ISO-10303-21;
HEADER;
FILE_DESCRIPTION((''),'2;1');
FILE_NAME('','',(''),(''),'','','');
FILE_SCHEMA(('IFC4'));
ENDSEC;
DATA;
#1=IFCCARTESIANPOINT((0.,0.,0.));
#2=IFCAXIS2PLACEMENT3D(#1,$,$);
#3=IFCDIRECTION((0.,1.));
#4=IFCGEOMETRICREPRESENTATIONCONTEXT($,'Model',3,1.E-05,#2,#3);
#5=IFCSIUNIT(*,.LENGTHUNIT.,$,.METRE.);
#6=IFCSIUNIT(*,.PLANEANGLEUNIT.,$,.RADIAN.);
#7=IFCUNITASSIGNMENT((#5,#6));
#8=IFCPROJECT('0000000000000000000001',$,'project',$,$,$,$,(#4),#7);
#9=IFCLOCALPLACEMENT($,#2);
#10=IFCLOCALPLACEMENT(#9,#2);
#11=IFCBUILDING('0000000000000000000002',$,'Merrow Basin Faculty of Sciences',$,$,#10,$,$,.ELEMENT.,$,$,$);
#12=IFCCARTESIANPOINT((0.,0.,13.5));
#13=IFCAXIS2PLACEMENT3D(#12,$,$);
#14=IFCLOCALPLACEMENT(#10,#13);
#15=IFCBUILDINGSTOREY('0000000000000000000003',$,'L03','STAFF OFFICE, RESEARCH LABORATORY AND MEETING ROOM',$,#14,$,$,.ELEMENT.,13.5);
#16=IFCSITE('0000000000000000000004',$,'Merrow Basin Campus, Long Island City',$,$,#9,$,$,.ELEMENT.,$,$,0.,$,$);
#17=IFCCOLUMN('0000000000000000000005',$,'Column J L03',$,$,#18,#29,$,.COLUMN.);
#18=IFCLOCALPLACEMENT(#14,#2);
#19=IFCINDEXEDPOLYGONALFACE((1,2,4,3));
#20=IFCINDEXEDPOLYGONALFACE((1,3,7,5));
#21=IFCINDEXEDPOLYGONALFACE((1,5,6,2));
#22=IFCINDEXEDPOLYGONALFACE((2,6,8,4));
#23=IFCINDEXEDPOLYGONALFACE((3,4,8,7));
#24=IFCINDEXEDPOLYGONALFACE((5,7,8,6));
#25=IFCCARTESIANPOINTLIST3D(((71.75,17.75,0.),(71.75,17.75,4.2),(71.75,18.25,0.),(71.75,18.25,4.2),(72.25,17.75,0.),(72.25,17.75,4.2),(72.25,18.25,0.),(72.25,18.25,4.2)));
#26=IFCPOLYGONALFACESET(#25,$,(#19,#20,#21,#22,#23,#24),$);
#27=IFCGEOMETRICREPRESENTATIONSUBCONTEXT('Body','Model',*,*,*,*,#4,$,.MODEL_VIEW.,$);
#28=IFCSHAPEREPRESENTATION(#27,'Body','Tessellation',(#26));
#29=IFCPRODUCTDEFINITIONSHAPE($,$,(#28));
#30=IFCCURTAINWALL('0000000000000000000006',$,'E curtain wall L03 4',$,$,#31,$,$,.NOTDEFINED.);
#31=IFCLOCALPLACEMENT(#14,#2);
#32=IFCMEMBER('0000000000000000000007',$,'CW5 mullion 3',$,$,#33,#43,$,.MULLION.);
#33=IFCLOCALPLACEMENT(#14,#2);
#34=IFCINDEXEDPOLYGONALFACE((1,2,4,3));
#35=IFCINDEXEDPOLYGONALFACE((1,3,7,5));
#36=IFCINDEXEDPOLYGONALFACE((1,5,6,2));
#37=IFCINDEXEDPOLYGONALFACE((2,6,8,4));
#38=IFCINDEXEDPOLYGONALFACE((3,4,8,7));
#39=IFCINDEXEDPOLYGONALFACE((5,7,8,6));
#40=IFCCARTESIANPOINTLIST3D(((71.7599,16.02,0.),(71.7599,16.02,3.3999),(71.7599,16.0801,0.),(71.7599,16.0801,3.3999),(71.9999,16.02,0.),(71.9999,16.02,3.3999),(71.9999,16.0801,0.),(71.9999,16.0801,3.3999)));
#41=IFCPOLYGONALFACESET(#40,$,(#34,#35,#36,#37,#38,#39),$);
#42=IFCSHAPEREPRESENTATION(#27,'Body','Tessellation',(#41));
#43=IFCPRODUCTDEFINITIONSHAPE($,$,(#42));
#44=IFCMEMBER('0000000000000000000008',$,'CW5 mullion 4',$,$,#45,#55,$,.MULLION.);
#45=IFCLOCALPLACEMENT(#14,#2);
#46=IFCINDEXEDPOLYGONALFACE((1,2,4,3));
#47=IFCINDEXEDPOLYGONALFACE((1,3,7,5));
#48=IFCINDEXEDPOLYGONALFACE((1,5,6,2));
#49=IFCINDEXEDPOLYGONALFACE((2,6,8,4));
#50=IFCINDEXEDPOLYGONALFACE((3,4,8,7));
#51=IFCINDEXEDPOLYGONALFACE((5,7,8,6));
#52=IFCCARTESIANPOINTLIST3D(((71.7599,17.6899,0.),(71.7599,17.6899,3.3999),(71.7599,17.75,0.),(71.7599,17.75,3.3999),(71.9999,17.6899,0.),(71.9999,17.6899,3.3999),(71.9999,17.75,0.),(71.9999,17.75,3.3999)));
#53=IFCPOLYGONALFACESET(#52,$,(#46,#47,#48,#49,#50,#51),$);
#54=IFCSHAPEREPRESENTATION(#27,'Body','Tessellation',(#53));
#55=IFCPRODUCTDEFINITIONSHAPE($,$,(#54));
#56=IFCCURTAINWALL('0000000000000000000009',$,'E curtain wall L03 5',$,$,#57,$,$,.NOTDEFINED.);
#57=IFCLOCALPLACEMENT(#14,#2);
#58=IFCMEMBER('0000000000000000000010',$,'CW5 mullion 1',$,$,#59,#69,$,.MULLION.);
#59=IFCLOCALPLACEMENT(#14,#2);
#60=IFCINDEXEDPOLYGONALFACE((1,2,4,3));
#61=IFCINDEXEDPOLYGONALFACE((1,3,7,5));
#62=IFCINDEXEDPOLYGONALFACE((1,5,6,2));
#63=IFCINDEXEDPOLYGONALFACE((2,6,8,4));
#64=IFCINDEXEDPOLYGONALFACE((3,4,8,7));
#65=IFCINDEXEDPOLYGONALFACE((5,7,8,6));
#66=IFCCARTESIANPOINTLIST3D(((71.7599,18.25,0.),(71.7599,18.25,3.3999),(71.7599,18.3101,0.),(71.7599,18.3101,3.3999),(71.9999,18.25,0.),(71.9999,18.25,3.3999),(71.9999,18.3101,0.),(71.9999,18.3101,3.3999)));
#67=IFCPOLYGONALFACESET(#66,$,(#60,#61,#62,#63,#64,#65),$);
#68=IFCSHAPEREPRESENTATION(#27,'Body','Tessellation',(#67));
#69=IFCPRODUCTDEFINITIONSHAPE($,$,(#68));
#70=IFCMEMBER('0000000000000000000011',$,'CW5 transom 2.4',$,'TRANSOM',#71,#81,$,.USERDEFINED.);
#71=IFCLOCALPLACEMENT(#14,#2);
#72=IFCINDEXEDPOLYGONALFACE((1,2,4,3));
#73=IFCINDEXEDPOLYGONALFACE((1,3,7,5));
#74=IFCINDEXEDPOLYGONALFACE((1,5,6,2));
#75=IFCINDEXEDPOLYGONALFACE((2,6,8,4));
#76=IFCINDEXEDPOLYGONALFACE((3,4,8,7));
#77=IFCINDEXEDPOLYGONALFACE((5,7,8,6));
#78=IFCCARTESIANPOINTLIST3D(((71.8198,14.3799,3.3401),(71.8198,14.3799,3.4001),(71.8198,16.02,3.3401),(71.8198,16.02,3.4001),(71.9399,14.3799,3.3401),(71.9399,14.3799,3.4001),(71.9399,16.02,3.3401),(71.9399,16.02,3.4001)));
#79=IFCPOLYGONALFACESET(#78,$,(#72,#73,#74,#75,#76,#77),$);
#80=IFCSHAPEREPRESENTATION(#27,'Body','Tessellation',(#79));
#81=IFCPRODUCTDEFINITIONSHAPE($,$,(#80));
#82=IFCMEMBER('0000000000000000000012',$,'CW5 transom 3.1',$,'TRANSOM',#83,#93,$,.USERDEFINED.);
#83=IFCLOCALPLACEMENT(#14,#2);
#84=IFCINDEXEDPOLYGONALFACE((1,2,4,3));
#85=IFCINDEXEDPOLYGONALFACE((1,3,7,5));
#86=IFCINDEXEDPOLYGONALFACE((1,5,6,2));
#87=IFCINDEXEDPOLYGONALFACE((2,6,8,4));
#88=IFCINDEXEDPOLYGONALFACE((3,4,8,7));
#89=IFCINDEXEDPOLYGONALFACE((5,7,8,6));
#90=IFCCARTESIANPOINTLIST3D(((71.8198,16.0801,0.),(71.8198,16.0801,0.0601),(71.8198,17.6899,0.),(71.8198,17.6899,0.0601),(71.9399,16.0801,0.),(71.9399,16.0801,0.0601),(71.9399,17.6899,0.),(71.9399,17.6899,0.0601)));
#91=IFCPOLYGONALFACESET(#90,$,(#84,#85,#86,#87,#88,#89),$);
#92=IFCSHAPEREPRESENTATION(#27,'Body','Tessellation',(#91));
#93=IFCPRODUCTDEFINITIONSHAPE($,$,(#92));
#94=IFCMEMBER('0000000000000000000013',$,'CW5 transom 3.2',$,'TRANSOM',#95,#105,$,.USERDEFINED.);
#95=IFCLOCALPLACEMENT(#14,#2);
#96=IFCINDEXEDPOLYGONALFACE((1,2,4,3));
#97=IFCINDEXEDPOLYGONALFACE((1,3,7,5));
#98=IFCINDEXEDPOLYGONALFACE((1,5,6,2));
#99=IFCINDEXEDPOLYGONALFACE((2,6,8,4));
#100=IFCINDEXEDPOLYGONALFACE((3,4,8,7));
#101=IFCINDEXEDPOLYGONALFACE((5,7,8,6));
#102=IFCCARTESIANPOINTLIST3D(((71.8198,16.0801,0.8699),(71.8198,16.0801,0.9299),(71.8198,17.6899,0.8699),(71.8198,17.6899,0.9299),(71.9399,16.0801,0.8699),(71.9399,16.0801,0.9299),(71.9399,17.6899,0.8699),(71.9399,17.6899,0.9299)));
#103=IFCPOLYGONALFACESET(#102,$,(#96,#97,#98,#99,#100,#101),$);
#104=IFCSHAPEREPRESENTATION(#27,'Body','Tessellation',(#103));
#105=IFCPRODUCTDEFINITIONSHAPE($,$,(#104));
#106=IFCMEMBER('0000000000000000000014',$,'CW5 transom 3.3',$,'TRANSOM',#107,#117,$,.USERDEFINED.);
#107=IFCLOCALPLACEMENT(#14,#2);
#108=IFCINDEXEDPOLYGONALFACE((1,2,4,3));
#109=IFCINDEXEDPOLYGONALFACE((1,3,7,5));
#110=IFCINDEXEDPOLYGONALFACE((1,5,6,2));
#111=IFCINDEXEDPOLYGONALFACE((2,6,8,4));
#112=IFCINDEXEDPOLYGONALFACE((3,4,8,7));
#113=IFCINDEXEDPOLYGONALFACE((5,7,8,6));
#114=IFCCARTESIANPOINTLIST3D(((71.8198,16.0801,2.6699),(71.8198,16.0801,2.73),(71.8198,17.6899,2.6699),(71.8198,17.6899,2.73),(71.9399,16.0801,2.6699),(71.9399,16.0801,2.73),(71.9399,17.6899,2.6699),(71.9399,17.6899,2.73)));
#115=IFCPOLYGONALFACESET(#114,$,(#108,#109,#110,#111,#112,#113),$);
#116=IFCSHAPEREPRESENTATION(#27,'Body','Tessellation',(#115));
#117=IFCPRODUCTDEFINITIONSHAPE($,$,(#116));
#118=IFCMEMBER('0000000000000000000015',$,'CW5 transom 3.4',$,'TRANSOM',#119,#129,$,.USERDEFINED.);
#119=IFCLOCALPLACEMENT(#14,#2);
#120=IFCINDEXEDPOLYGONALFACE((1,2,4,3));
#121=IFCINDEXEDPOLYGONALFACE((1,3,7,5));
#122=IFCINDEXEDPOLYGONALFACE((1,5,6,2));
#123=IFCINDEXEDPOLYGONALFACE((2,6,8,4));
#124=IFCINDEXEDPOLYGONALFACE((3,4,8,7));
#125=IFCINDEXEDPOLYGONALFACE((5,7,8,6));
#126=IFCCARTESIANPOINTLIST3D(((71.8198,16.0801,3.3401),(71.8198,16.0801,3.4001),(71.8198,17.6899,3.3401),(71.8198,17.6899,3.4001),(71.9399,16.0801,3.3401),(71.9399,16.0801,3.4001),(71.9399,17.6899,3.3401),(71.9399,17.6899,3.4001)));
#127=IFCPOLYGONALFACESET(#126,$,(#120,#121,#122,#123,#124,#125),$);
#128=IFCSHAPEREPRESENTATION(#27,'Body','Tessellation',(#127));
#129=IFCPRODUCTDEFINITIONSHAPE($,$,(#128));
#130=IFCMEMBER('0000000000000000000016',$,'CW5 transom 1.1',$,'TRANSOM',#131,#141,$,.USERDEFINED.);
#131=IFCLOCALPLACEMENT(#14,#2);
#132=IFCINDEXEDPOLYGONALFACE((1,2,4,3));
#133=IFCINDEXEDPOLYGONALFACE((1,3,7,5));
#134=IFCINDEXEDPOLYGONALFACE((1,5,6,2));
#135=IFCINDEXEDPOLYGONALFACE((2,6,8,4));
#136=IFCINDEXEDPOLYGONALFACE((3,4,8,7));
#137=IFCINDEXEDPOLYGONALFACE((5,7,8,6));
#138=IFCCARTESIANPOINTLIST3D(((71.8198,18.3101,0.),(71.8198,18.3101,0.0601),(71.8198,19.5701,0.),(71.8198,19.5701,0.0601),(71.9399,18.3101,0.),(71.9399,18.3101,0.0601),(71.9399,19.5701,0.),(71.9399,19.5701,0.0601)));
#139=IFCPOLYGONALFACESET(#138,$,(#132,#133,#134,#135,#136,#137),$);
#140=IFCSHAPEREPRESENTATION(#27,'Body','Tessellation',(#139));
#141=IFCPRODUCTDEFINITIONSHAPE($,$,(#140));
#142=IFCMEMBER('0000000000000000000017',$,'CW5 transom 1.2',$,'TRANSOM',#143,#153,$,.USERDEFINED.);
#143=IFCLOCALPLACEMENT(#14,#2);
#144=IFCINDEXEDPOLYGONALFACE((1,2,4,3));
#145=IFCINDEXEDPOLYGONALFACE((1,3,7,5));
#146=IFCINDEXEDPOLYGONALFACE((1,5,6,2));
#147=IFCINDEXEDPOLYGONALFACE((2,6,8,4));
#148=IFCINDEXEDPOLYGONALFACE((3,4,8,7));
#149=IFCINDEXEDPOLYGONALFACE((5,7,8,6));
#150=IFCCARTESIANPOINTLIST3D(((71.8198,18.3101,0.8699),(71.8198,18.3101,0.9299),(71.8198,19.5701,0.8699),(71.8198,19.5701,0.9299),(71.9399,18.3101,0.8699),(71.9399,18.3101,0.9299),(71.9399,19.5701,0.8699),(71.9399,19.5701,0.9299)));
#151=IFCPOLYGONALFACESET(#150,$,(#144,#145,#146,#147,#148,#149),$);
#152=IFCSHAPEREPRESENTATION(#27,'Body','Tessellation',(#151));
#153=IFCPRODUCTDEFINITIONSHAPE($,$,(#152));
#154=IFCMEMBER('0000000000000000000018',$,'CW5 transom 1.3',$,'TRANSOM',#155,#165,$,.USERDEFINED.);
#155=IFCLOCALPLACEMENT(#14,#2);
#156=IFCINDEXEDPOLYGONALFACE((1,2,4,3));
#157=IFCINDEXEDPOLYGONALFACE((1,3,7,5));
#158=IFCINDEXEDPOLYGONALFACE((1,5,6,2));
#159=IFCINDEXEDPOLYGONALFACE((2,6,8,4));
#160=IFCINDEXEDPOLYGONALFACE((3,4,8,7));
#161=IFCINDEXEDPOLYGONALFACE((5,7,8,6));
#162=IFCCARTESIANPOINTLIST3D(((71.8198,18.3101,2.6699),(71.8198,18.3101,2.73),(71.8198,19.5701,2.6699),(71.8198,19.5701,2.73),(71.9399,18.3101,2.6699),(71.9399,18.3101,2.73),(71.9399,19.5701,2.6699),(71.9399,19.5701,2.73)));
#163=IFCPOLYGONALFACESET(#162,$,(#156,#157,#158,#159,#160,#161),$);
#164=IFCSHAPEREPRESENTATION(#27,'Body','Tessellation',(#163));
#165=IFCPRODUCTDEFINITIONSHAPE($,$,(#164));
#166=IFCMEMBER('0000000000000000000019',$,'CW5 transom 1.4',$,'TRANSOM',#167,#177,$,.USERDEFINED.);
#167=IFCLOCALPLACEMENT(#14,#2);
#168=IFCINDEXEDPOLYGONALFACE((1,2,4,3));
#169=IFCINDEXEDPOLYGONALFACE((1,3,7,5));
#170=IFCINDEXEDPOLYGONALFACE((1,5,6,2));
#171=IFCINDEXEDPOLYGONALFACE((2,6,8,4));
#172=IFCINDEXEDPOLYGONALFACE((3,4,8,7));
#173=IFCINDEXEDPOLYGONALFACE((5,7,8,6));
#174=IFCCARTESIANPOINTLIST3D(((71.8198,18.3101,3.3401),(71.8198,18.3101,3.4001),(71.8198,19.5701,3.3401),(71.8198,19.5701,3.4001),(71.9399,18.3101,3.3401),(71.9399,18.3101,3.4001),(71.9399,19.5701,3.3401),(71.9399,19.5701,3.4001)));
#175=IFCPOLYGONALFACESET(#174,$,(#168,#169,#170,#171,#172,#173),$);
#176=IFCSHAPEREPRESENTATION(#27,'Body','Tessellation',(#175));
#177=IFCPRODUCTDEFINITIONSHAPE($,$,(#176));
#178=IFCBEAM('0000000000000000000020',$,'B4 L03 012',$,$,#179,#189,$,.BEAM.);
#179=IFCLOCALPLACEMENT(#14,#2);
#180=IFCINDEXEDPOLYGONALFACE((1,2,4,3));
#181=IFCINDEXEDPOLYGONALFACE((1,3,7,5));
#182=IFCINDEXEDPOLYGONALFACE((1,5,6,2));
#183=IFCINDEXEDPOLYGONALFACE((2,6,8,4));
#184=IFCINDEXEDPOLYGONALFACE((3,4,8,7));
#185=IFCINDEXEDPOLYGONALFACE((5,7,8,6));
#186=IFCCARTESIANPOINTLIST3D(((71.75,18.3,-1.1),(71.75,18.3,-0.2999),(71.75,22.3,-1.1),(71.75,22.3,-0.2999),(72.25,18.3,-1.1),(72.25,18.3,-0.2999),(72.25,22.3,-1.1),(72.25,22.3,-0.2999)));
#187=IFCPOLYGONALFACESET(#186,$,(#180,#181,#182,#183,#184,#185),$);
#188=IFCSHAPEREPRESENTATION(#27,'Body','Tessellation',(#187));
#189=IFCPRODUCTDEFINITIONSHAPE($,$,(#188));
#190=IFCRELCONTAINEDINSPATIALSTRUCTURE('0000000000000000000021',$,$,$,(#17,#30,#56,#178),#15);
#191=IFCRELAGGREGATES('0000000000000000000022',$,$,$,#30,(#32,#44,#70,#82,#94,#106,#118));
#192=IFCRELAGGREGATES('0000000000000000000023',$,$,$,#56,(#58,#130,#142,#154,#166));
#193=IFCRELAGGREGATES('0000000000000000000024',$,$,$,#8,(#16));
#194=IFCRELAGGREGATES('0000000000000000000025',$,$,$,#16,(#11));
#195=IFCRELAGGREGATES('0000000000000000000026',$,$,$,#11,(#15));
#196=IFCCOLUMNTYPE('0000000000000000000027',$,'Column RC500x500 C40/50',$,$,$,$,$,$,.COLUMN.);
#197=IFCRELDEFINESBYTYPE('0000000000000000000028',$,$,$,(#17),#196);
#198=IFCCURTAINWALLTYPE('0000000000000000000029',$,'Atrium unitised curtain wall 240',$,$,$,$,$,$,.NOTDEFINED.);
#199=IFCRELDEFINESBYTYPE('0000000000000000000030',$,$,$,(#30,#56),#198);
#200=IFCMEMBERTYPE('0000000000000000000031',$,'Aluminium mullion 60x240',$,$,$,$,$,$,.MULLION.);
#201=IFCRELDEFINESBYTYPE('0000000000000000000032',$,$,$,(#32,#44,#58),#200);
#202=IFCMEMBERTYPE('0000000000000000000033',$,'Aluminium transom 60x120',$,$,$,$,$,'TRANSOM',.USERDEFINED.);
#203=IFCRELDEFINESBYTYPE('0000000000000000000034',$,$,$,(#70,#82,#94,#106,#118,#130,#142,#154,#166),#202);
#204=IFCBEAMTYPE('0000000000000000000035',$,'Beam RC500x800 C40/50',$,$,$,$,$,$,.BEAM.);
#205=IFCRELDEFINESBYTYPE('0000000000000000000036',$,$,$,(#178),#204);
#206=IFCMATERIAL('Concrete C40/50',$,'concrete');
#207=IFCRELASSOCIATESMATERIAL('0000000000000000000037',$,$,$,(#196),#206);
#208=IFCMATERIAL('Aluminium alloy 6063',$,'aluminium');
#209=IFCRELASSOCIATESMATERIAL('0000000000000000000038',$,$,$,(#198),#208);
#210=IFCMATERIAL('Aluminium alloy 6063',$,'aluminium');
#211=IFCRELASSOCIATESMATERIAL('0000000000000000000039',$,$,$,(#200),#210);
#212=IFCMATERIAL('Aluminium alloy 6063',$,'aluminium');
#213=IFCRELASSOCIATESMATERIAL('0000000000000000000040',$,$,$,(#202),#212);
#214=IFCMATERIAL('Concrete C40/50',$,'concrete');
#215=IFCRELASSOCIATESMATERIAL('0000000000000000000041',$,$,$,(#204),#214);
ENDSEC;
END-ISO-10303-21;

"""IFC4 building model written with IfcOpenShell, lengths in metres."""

from ifc_helpers import new_model, si_unit, direction, frame, origin, origin_2d, place, context, subcontext, project, spatial, rectangle, extrude, material, material_profile, profile_set, type_object, element, aggregate, save


model = new_model("IFC4")

# Units and contexts
model_context = context("Model", 3, precision=1e-05, world=origin(), true_north=direction((0.0, 1.0)))
body_context = subcontext(model_context, "Body", "Model", "MODEL_VIEW")
ifc_project = project(units=[si_unit("LENGTHUNIT", "METRE"), si_unit("PLANEANGLEUNIT", "RADIAN")], contexts=[model_context])

# Site, building, storey
site_placement = place(None, origin())
site = spatial("IfcSite", under=ifc_project, at=site_placement, Name="Merrow Basin Campus, Long Island City", CompositionType="ELEMENT", RefElevation=0.0)
building_placement = place(site_placement, origin())
building = spatial("IfcBuilding", under=site, at=building_placement, Name="Merrow Basin Faculty of Sciences", CompositionType="ELEMENT")
storey_placement = place(building_placement, frame((0.0, 0.0, 13.5)))
storey = spatial("IfcBuildingStorey", under=building, at=storey_placement, Name="L03", Description="STAFF OFFICE, RESEARCH LABORATORY AND MEETING ROOM", CompositionType="ELEMENT", Elevation=13.5)

# Column
ifc_material_1 = material(Name="Concrete C40/50", Category="concrete")
ifc_material_profile_1 = material_profile(ifc_material_1, rectangle(XDim=0.5, YDim=0.5, at=origin_2d()))
ifc_profile_set_1 = profile_set([ifc_material_profile_1], Name="Concrete C40/50")
column_type = type_object("IfcColumnType", Name="Column RC500x500 C40/50", PredefinedType="COLUMN", material=ifc_profile_set_1)
column_placement = place(storey_placement, frame((72.0, 18.0, 0.0), z_axis=(0.0, 0.0, 1.0), x_axis=(1.0, 0.0, 0.0)))
element("IfcColumn", 1, at=column_placement, inside=storey, type_object=column_type, Name="Column J L03", PredefinedType="COLUMN", context=body_context, shape_type="SweptSolid", body=[
    extrude(rectangle(XDim=0.5, YDim=0.5, at=origin_2d()), origin(), (0.0, 0.0, 1.0), 4.2),
])

# Curtain wall, members
ifc_material_2 = material(Name="Aluminium alloy 6063", Category="aluminium")
curtain_wall_type = type_object("IfcCurtainWallType", Name="Atrium unitised curtain wall 240", PredefinedType="NOTDEFINED", material=ifc_material_2)
curtain_wall_1_placement = place(storey_placement, origin())
curtain_wall_1 = element("IfcCurtainWall", 2, at=curtain_wall_1_placement, inside=storey, type_object=curtain_wall_type, Name="E curtain wall L03 4", PredefinedType="NOTDEFINED")
ifc_material_3 = material(Name="Aluminium alloy 6063", Category="aluminium")
ifc_material_profile_2 = material_profile(ifc_material_3, rectangle(XDim=0.24, YDim=0.0601, at=origin_2d()))
ifc_profile_set_2 = profile_set([ifc_material_profile_2], Name="Aluminium alloy 6063")
member_type_1 = type_object("IfcMemberType", Name="Aluminium mullion 60x240", PredefinedType="MULLION", material=ifc_profile_set_2)
member_1_placement = place(storey_placement, frame((71.8799, 16.05, 0.0), z_axis=(0.0, 0.0, 1.0), x_axis=(-1.0, 0.0, 0.0)))
member_1 = element("IfcMember", 3, at=member_1_placement, type_object=member_type_1, Name="CW5 mullion 3", PredefinedType="MULLION", context=body_context, shape_type="SweptSolid", body=[
    extrude(rectangle(XDim=0.24, YDim=0.0601, at=origin_2d()), origin(), (0.0, 0.0, 1.0), 3.3999),
])
member_2_placement = place(storey_placement, frame((71.8799, 17.72, 0.0), z_axis=(0.0, 0.0, 1.0), x_axis=(-1.0, 0.0, 0.0)))
member_2 = element("IfcMember", 4, at=member_2_placement, type_object=member_type_1, Name="CW5 mullion 4", PredefinedType="MULLION", context=body_context, shape_type="SweptSolid", body=[
    extrude(rectangle(XDim=0.24, YDim=0.0601, at=origin_2d()), origin(), (0.0, 0.0, 1.0), 3.3999),
])

# Curtain wall, member
curtain_wall_2_placement = place(storey_placement, origin())
curtain_wall_2 = element("IfcCurtainWall", 5, at=curtain_wall_2_placement, inside=storey, type_object=curtain_wall_type, Name="E curtain wall L03 5", PredefinedType="NOTDEFINED")
member_3_placement = place(storey_placement, frame((71.8799, 18.28, 0.0), z_axis=(0.0, 0.0, 1.0), x_axis=(-1.0, 0.0, 0.0)))
member_3 = element("IfcMember", 6, at=member_3_placement, type_object=member_type_1, Name="CW5 mullion 1", PredefinedType="MULLION", context=body_context, shape_type="SweptSolid", body=[
    extrude(rectangle(XDim=0.24, YDim=0.0601, at=origin_2d()), origin(), (0.0, 0.0, 1.0), 3.3999),
])

# Members
ifc_material_4 = material(Name="Aluminium alloy 6063", Category="aluminium")
ifc_material_profile_3 = material_profile(ifc_material_4, rectangle(XDim=0.1201, YDim=0.0601, at=origin_2d()))
ifc_profile_set_3 = profile_set([ifc_material_profile_3], Name="Aluminium alloy 6063")
member_type_2 = type_object("IfcMemberType", Name="Aluminium transom 60x120", ElementType="TRANSOM", PredefinedType="USERDEFINED", material=ifc_profile_set_3)
member_4_placement = place(storey_placement, frame((71.8799, 14.3799, 3.3701), z_axis=(0.0, 1.0, 0.0), x_axis=(-1.0, 0.0, 0.0)))
member_4 = element("IfcMember", 7, at=member_4_placement, type_object=member_type_2, Name="CW5 transom 2.4", ObjectType="TRANSOM", PredefinedType="USERDEFINED", context=body_context, shape_type="SweptSolid", body=[
    extrude(rectangle(XDim=0.1201, YDim=0.0601, at=origin_2d()), origin(), (0.0, 0.0, 1.0), 1.6401),
])
member_5_placement = place(storey_placement, frame((71.8799, 16.0801, 0.03), z_axis=(0.0, 1.0, 0.0), x_axis=(-1.0, 0.0, 0.0)))
member_5 = element("IfcMember", 8, at=member_5_placement, type_object=member_type_2, Name="CW5 transom 3.1", ObjectType="TRANSOM", PredefinedType="USERDEFINED", context=body_context, shape_type="SweptSolid", body=[
    extrude(rectangle(XDim=0.1201, YDim=0.0601, at=origin_2d()), origin(), (0.0, 0.0, 1.0), 1.6099),
])
member_6_placement = place(storey_placement, frame((71.8799, 16.0801, 0.8999), z_axis=(0.0, 1.0, 0.0), x_axis=(-1.0, 0.0, 0.0)))
member_6 = element("IfcMember", 9, at=member_6_placement, type_object=member_type_2, Name="CW5 transom 3.2", ObjectType="TRANSOM", PredefinedType="USERDEFINED", context=body_context, shape_type="SweptSolid", body=[
    extrude(rectangle(XDim=0.1201, YDim=0.0601, at=origin_2d()), origin(), (0.0, 0.0, 1.0), 1.6099),
])
member_7_placement = place(storey_placement, frame((71.8799, 16.0801, 2.7), z_axis=(0.0, 1.0, 0.0), x_axis=(-1.0, 0.0, 0.0)))
member_7 = element("IfcMember", 10, at=member_7_placement, type_object=member_type_2, Name="CW5 transom 3.3", ObjectType="TRANSOM", PredefinedType="USERDEFINED", context=body_context, shape_type="SweptSolid", body=[
    extrude(rectangle(XDim=0.1201, YDim=0.0601, at=origin_2d()), origin(), (0.0, 0.0, 1.0), 1.6099),
])
member_8_placement = place(storey_placement, frame((71.8799, 16.0801, 3.3701), z_axis=(0.0, 1.0, 0.0), x_axis=(-1.0, 0.0, 0.0)))
member_8 = element("IfcMember", 11, at=member_8_placement, type_object=member_type_2, Name="CW5 transom 3.4", ObjectType="TRANSOM", PredefinedType="USERDEFINED", context=body_context, shape_type="SweptSolid", body=[
    extrude(rectangle(XDim=0.1201, YDim=0.0601, at=origin_2d()), origin(), (0.0, 0.0, 1.0), 1.6099),
])
member_9_placement = place(storey_placement, frame((71.8799, 18.3101, 0.03), z_axis=(0.0, 1.0, 0.0), x_axis=(-1.0, 0.0, 0.0)))
member_9 = element("IfcMember", 12, at=member_9_placement, type_object=member_type_2, Name="CW5 transom 1.1", ObjectType="TRANSOM", PredefinedType="USERDEFINED", context=body_context, shape_type="SweptSolid", body=[
    extrude(rectangle(XDim=0.1201, YDim=0.0601, at=origin_2d()), origin(), (0.0, 0.0, 1.0), 1.26),
])
member_10_placement = place(storey_placement, frame((71.8799, 18.3101, 0.8999), z_axis=(0.0, 1.0, 0.0), x_axis=(-1.0, 0.0, 0.0)))
member_10 = element("IfcMember", 13, at=member_10_placement, type_object=member_type_2, Name="CW5 transom 1.2", ObjectType="TRANSOM", PredefinedType="USERDEFINED", context=body_context, shape_type="SweptSolid", body=[
    extrude(rectangle(XDim=0.1201, YDim=0.0601, at=origin_2d()), origin(), (0.0, 0.0, 1.0), 1.26),
])
member_11_placement = place(storey_placement, frame((71.8799, 18.3101, 2.7), z_axis=(0.0, 1.0, 0.0), x_axis=(-1.0, 0.0, 0.0)))
member_11 = element("IfcMember", 14, at=member_11_placement, type_object=member_type_2, Name="CW5 transom 1.3", ObjectType="TRANSOM", PredefinedType="USERDEFINED", context=body_context, shape_type="SweptSolid", body=[
    extrude(rectangle(XDim=0.1201, YDim=0.0601, at=origin_2d()), origin(), (0.0, 0.0, 1.0), 1.26),
])
member_12_placement = place(storey_placement, frame((71.8799, 18.3101, 3.3701), z_axis=(0.0, 1.0, 0.0), x_axis=(-1.0, 0.0, 0.0)))
member_12 = element("IfcMember", 15, at=member_12_placement, type_object=member_type_2, Name="CW5 transom 1.4", ObjectType="TRANSOM", PredefinedType="USERDEFINED", context=body_context, shape_type="SweptSolid", body=[
    extrude(rectangle(XDim=0.1201, YDim=0.0601, at=origin_2d()), origin(), (0.0, 0.0, 1.0), 1.26),
])

# Beam
ifc_material_5 = material(Name="Concrete C40/50", Category="concrete")
ifc_material_profile_4 = material_profile(ifc_material_5, rectangle(XDim=0.5, YDim=0.8, at=origin_2d()))
ifc_profile_set_4 = profile_set([ifc_material_profile_4], Name="Concrete C40/50")
beam_type = type_object("IfcBeamType", Name="Beam RC500x800 C40/50", PredefinedType="BEAM", material=ifc_profile_set_4)
beam_placement = place(storey_placement, frame((72.0, 18.3, -0.7), z_axis=(0.0, 1.0, 0.0), x_axis=(-1.0, 0.0, 0.0)))
element("IfcBeam", 16, at=beam_placement, inside=storey, type_object=beam_type, Name="B4 L03 012", PredefinedType="BEAM", context=body_context, shape_type="SweptSolid", body=[
    extrude(rectangle(XDim=0.5, YDim=0.8, at=origin_2d()), origin(), (0.0, 0.0, 1.0), 4.0),
])

aggregate(curtain_wall_1, [member_1, member_2, member_4, member_5, member_6, member_7, member_8])
aggregate(curtain_wall_2, [member_3, member_9, member_10, member_11, member_12])

save(model, "model.ifc")
